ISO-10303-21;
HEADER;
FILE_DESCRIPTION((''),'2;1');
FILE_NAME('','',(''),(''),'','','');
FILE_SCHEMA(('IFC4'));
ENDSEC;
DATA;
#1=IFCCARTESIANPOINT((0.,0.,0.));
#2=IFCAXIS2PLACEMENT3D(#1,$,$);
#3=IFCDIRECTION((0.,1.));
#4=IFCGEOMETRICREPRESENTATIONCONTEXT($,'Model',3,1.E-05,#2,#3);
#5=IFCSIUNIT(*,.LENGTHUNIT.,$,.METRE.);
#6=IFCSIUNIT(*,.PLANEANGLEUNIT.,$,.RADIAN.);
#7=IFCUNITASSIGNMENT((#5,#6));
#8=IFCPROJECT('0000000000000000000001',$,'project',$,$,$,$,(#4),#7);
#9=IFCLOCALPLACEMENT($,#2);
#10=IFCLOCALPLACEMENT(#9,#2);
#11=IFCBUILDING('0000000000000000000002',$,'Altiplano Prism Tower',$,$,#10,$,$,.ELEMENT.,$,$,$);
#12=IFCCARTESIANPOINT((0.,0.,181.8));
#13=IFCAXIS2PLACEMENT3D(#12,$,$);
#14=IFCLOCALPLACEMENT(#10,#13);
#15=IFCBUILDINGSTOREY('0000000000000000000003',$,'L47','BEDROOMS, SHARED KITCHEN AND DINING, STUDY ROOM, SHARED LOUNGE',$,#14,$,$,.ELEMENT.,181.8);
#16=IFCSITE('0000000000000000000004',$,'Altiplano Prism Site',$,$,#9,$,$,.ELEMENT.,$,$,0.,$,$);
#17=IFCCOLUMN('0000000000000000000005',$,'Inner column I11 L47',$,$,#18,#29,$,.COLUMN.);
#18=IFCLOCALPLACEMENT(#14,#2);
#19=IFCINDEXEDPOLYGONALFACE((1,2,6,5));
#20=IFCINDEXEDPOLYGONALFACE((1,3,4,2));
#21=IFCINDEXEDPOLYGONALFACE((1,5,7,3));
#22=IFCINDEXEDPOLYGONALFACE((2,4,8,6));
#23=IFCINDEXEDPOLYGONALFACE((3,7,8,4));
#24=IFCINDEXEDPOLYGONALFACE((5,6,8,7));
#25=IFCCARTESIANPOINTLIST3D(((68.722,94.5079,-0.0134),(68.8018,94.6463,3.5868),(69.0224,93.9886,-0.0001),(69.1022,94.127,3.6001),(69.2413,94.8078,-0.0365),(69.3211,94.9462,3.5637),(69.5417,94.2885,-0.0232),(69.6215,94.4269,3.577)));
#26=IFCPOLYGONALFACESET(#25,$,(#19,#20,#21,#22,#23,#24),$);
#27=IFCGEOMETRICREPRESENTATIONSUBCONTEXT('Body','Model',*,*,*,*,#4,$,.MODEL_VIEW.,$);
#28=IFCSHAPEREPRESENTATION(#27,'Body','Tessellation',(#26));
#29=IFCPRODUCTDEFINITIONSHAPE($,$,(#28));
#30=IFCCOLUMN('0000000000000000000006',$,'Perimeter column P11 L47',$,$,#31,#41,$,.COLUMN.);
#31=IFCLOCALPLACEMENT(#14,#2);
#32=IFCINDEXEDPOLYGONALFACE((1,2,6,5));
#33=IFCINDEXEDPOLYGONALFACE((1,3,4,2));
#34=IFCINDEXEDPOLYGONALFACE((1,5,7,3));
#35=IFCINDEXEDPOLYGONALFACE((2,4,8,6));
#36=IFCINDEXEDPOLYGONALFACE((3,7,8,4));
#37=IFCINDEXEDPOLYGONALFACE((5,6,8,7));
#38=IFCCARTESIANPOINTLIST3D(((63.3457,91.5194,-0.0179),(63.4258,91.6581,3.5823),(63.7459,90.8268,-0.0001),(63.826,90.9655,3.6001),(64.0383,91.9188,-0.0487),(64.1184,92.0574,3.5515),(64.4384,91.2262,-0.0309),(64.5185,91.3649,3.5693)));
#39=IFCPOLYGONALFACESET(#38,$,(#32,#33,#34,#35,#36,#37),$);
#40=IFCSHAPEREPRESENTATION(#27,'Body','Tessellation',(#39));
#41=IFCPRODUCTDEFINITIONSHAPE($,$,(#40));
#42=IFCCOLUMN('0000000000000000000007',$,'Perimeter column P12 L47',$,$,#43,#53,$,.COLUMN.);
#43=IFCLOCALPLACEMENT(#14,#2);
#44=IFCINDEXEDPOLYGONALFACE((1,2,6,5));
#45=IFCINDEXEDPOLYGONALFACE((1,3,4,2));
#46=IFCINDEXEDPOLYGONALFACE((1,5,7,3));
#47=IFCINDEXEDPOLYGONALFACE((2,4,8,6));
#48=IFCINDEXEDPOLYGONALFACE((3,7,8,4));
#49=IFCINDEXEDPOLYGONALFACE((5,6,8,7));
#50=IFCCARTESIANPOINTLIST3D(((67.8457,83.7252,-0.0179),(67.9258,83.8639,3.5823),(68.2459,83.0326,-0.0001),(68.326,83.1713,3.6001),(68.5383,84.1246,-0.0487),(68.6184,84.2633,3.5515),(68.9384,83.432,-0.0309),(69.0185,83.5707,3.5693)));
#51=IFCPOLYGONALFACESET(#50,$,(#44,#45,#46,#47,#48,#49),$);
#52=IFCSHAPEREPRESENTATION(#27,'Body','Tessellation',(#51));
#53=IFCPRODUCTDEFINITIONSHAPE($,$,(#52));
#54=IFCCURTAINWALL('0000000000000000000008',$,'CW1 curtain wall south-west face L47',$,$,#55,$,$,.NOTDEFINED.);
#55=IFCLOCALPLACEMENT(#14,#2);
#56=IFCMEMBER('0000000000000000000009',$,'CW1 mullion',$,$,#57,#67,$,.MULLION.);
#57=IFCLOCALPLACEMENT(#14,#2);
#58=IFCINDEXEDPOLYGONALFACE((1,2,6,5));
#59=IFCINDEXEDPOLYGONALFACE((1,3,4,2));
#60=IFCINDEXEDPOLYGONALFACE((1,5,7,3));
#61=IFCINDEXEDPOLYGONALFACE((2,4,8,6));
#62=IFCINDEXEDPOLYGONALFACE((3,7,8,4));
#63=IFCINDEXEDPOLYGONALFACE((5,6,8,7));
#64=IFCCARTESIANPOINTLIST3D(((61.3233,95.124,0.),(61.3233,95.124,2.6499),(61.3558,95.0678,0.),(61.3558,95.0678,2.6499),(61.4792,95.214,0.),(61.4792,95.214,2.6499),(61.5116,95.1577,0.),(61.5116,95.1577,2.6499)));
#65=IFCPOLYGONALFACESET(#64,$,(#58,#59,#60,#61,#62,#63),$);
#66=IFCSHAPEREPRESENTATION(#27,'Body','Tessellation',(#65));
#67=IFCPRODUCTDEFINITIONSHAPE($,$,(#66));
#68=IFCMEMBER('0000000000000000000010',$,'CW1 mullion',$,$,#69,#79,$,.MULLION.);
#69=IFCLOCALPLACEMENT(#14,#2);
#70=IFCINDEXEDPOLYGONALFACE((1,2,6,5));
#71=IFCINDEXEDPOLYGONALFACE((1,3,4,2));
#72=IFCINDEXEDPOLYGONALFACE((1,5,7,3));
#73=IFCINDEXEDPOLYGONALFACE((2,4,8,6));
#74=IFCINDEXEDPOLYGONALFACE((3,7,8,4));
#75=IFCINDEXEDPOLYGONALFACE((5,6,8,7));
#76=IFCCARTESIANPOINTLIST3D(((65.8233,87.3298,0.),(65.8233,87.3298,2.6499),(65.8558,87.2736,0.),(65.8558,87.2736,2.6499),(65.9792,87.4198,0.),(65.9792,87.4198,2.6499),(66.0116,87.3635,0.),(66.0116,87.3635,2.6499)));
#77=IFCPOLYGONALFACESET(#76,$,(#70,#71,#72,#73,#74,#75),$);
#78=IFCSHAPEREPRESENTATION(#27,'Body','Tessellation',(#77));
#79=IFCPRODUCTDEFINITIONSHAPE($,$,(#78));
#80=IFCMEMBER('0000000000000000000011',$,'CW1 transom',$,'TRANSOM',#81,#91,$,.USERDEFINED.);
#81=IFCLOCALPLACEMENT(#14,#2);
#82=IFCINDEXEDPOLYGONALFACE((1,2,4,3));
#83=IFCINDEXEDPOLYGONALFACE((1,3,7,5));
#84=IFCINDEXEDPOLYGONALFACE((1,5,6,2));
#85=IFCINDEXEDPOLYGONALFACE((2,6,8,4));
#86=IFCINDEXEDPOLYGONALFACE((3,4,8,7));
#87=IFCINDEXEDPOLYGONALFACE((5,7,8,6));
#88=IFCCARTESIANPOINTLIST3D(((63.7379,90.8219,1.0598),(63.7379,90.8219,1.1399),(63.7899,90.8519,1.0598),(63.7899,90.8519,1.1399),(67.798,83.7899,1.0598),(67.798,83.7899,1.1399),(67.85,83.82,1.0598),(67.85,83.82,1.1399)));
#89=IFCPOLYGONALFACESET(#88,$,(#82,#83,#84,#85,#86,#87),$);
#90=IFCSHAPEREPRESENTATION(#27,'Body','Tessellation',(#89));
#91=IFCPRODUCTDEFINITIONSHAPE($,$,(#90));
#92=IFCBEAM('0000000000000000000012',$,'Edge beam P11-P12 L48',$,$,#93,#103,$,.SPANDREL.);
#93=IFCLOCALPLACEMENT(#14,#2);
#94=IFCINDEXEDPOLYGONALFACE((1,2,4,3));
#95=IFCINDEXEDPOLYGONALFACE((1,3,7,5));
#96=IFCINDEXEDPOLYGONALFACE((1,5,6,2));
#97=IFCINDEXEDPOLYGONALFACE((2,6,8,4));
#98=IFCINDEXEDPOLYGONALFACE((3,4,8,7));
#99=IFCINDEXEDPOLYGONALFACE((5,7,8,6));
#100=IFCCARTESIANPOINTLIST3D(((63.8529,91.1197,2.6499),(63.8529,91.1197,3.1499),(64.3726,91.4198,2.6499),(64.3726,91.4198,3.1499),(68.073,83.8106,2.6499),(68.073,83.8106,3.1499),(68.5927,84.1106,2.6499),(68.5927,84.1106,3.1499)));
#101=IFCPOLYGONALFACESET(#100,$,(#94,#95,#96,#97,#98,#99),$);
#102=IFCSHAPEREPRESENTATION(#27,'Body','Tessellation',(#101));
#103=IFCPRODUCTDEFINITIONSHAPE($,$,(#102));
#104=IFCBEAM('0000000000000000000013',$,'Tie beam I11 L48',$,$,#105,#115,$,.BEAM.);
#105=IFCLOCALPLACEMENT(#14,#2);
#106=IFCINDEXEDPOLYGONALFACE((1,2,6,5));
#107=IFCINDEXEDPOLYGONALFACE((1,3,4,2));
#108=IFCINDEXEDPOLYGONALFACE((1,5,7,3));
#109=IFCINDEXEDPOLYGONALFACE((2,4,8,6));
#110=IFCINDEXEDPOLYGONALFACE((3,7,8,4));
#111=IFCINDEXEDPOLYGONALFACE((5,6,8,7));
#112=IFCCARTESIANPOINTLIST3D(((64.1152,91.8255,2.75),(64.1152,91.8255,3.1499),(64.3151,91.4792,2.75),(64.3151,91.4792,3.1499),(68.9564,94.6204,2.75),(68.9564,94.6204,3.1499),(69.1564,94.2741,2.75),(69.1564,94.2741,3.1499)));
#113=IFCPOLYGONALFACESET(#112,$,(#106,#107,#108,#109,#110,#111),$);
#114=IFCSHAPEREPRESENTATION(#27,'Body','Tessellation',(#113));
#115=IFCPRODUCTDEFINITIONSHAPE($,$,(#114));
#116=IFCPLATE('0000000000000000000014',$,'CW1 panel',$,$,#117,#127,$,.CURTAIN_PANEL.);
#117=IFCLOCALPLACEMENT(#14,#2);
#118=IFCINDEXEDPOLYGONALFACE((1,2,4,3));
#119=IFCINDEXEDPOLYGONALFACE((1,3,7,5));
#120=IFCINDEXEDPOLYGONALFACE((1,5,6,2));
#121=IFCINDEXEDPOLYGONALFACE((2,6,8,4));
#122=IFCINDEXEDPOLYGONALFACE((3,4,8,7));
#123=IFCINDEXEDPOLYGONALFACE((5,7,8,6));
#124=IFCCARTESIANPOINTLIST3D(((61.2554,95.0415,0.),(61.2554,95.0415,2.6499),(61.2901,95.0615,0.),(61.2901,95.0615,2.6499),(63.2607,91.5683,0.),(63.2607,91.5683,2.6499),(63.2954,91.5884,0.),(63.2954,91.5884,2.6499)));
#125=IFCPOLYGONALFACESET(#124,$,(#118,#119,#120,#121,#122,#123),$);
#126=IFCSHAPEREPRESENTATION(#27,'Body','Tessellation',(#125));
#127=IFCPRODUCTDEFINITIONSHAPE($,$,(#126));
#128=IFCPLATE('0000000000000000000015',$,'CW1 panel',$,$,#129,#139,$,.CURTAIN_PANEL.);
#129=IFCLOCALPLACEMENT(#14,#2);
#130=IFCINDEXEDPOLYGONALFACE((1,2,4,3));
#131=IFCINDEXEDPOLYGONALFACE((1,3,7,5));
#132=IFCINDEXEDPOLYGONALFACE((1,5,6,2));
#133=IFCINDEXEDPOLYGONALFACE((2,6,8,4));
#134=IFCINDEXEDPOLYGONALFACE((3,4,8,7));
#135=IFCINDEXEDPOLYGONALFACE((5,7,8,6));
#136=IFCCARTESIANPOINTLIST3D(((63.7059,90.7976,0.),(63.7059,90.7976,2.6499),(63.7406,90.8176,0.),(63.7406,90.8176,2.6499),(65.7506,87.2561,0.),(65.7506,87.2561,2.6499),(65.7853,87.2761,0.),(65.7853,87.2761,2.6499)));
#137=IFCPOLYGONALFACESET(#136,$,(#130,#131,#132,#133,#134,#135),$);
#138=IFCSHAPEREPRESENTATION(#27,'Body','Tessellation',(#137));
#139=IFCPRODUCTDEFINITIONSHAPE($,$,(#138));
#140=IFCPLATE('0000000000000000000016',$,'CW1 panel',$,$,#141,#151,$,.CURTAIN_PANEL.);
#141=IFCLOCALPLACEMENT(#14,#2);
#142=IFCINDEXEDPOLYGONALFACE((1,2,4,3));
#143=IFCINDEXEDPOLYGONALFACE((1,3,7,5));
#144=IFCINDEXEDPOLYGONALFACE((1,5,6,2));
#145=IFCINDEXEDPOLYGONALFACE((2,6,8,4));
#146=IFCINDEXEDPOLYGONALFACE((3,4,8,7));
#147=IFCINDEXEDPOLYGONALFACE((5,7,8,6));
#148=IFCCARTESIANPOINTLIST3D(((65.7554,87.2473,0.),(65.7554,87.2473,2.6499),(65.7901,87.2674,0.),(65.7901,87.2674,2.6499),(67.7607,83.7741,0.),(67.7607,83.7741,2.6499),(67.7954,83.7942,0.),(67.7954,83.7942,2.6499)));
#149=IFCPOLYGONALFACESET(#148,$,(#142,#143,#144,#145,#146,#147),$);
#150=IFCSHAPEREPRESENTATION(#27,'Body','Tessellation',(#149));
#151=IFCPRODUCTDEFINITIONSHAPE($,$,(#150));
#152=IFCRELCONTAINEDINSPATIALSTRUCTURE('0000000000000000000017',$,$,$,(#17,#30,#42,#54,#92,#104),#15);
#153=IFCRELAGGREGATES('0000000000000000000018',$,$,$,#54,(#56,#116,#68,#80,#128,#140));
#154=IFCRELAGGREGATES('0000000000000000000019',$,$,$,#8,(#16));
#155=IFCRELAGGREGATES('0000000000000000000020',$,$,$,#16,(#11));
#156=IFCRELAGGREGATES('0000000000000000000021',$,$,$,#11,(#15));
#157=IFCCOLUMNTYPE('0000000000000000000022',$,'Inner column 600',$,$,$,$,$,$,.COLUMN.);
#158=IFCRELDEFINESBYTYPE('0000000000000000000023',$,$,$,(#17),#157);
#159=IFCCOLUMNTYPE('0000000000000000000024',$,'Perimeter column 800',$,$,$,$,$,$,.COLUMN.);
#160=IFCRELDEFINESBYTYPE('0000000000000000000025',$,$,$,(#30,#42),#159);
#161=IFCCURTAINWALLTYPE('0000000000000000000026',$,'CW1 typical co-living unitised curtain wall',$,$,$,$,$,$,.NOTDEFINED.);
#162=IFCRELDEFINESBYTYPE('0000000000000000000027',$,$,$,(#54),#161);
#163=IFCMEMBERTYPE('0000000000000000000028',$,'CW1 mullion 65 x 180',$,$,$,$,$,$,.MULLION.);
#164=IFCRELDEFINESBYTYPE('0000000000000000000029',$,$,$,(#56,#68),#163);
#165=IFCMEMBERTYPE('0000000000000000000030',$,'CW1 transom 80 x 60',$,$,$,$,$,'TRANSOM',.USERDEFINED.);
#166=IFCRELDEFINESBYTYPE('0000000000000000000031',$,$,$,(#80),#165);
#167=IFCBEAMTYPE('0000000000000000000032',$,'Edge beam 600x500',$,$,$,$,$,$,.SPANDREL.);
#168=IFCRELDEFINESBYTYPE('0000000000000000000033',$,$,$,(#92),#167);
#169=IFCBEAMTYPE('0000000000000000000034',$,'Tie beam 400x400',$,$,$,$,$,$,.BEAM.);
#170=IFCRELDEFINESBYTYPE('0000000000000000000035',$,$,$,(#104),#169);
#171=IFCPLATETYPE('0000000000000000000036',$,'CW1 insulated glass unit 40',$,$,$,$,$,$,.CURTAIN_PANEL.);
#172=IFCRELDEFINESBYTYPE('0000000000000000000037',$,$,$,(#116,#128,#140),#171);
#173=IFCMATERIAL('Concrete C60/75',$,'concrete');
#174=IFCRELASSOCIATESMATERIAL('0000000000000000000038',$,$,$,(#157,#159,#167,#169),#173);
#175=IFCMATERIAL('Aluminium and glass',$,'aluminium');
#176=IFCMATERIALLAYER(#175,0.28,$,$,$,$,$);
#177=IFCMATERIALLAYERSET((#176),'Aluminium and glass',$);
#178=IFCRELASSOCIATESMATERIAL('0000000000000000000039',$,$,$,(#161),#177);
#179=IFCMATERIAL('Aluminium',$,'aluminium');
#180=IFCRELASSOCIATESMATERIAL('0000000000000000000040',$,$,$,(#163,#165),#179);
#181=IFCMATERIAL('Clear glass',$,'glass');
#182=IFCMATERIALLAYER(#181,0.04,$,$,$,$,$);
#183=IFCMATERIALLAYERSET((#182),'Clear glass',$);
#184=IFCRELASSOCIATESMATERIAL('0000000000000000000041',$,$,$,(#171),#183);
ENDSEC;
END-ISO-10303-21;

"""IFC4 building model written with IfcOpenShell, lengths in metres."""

from ifc_helpers import new_model, si_unit, direction, frame, origin, origin_2d, place, context, subcontext, project, spatial, rectangle, extrude, material, layer, layer_set, material_profile, profile_set, type_object, element, aggregate, save


model = new_model("IFC4")

# Units and contexts
model_context = context("Model", 3, precision=1e-05, world=origin(), true_north=direction((0.0, 1.0)))
body_context = subcontext(model_context, "Body", "Model", "MODEL_VIEW")
ifc_project = project(units=[si_unit("LENGTHUNIT", "METRE"), si_unit("PLANEANGLEUNIT", "RADIAN")], contexts=[model_context])

# Site, building, storey
site_placement = place(None, origin())
site = spatial("IfcSite", under=ifc_project, at=site_placement, Name="Altiplano Prism Site", CompositionType="ELEMENT", RefElevation=0.0)
building_placement = place(site_placement, origin())
building = spatial("IfcBuilding", under=site, at=building_placement, Name="Altiplano Prism Tower", CompositionType="ELEMENT")
storey_placement = place(building_placement, frame((0.0, 0.0, 181.8)))
storey = spatial("IfcBuildingStorey", under=building, at=storey_placement, Name="L47", Description="BEDROOMS, SHARED KITCHEN AND DINING, STUDY ROOM, SHARED LOUNGE", CompositionType="ELEMENT", Elevation=181.8)

# Columns
ifc_material_1 = material(Name="Concrete C60/75", Category="concrete")
ifc_material_profile_1 = material_profile(ifc_material_1, rectangle(XDim=0.6001, YDim=0.6001, at=origin_2d()), Name="Inner column 600")
ifc_profile_set_1 = profile_set([ifc_material_profile_1], Name="Concrete C60/75")
column_type_1 = type_object("IfcColumnType", Name="Inner column 600", PredefinedType="COLUMN", material=ifc_profile_set_1)
column_placement = place(storey_placement, frame((69.1318, 94.3982, -0.0183), z_axis=(0.022154, 0.038413, 0.999016), x_axis=(-0.865361, -0.499676, 0.038403)))
element("IfcColumn", 1, at=column_placement, inside=storey, type_object=column_type_1, Name="Inner column I11 L47", PredefinedType="COLUMN", context=body_context, shape_type="SweptSolid", body=[
    extrude(rectangle(XDim=0.6001, YDim=0.6001, at=origin_2d()), origin(), (0.0, 0.0, 1.0), 3.6038),
])
ifc_material_profile_2 = material_profile(ifc_material_1, rectangle(XDim=0.8, YDim=0.8, at=origin_2d()), Name="Perimeter column 800")
ifc_profile_set_2 = profile_set([ifc_material_profile_2], Name="Concrete C60/75")
column_type_2 = type_object("IfcColumnType", Name="Perimeter column 800", PredefinedType="COLUMN", material=ifc_profile_set_2)
for number, where, z_axis, x_axis, name in (
    (2, (63.8921, 91.3728, -0.0244), (0.022221, 0.038481, 0.999012), (-0.865641, -0.499184, 0.038483), "Perimeter column P11 L47"),
    (3, (68.3921, 83.5786, -0.0244), (0.022221, 0.038481, 0.999012), (-0.865641, -0.499184, 0.038483), "Perimeter column P12 L47"),
):
    element("IfcColumn", number, at=place(storey_placement, frame(where, z_axis=z_axis, x_axis=x_axis)), inside=storey, type_object=column_type_2, Name=name, PredefinedType="COLUMN", context=body_context, shape_type="SweptSolid", body=[
        extrude(rectangle(XDim=0.8, YDim=0.8, at=origin_2d()), origin(), (0.0, 0.0, 1.0), 3.6038),
    ])

# Curtain wall, members
ifc_material_2 = material(Name="Aluminium and glass", Category="aluminium")
ifc_layer_1 = layer(ifc_material_2, 0.28)
ifc_layer_set_1 = layer_set([ifc_layer_1], Name="Aluminium and glass")
curtain_wall_type = type_object("IfcCurtainWallType", Name="CW1 typical co-living unitised curtain wall", PredefinedType="NOTDEFINED", material=ifc_layer_set_1)
curtain_wall_placement = place(storey_placement, origin())
curtain_wall = element("IfcCurtainWall", 4, at=curtain_wall_placement, inside=storey, type_object=curtain_wall_type, Name="CW1 curtain wall south-west face L47", PredefinedType="NOTDEFINED")
ifc_material_3 = material(Name="Aluminium", Category="aluminium")
ifc_material_profile_3 = material_profile(ifc_material_3, rectangle(XDim=0.1799, YDim=0.0649, at=origin_2d()), Name="CW1 mullion 65 x 180")
ifc_profile_set_3 = profile_set([ifc_material_profile_3], Name="Aluminium")
member_type_1 = type_object("IfcMemberType", Name="CW1 mullion 65 x 180", PredefinedType="MULLION", material=ifc_profile_set_3)
member_1_placement = place(storey_placement, frame((61.4175, 95.1409, 0.0), z_axis=(0.0, 0.0, 1.0), x_axis=(0.866025, 0.5, 0.0)))
member_1 = element("IfcMember", 5, at=member_1_placement, type_object=member_type_1, Name="CW1 mullion", PredefinedType="MULLION", context=body_context, shape_type="SweptSolid", body=[
    extrude(rectangle(XDim=0.1799, YDim=0.0649, at=origin_2d()), origin(), (0.0, 0.0, 1.0), 2.6499),
])
member_2_placement = place(storey_placement, frame((65.9175, 87.3467, 0.0), z_axis=(0.0, 0.0, 1.0), x_axis=(0.866025, 0.5, 0.0)))
member_2 = element("IfcMember", 6, at=member_2_placement, type_object=member_type_1, Name="CW1 mullion", PredefinedType="MULLION", context=body_context, shape_type="SweptSolid", body=[
    extrude(rectangle(XDim=0.1799, YDim=0.0649, at=origin_2d()), origin(), (0.0, 0.0, 1.0), 2.6499),
])
ifc_material_profile_4 = material_profile(ifc_material_3, rectangle(XDim=0.0601, YDim=0.0801, at=origin_2d()), Name="CW1 transom 80 x 60")
ifc_profile_set_4 = profile_set([ifc_material_profile_4], Name="Aluminium")
member_type_2 = type_object("IfcMemberType", Name="CW1 transom 80 x 60", ElementType="TRANSOM", PredefinedType="USERDEFINED", material=ifc_profile_set_4)
member_3_placement = place(storey_placement, frame((63.7639, 90.8369, 1.0999), z_axis=(0.500013, -0.866018, 0.0), x_axis=(0.866018, 0.500013, 0.0)))
member_3 = element("IfcMember", 7, at=member_3_placement, type_object=member_type_2, Name="CW1 transom", ObjectType="TRANSOM", PredefinedType="USERDEFINED", context=body_context, shape_type="SweptSolid", body=[
    extrude(rectangle(XDim=0.0601, YDim=0.0801, at=origin_2d()), origin(), (0.0, 0.0, 1.0), 8.1199),
])

# Beams
ifc_material_profile_5 = material_profile(ifc_material_1, rectangle(XDim=0.6001, YDim=0.5, at=origin_2d()), Name="Edge beam 600x500")
ifc_profile_set_5 = profile_set([ifc_material_profile_5], Name="Concrete C60/75")
beam_type_1 = type_object("IfcBeamType", Name="Edge beam 600x500", PredefinedType="SPANDREL", material=ifc_profile_set_5)
beam_1_placement = place(storey_placement, frame((64.1128, 91.2698, 2.8999), z_axis=(0.500006, -0.866022, 0.0), x_axis=(0.866022, 0.500006, 0.0)))
element("IfcBeam", 8, at=beam_1_placement, inside=storey, type_object=beam_type_1, Name="Edge beam P11-P12 L48", PredefinedType="SPANDREL", context=body_context, shape_type="SweptSolid", body=[
    extrude(rectangle(XDim=0.6001, YDim=0.5, at=origin_2d()), origin(), (0.0, 0.0, 1.0), 8.4399),
])
ifc_material_profile_6 = material_profile(ifc_material_1, rectangle(XDim=0.3999, YDim=0.3999, at=origin_2d()), Name="Tie beam 400x400")
ifc_profile_set_6 = profile_set([ifc_material_profile_6], Name="Concrete C60/75")
beam_type_2 = type_object("IfcBeamType", Name="Tie beam 400x400", PredefinedType="BEAM", material=ifc_profile_set_6)
beam_2_placement = place(storey_placement, frame((69.0564, 94.4473, 2.95), z_axis=(-0.866042, -0.499972, 0.0), x_axis=(0.499972, -0.866042, 0.0)))
element("IfcBeam", 9, at=beam_2_placement, inside=storey, type_object=beam_type_2, Name="Tie beam I11 L48", PredefinedType="BEAM", context=body_context, shape_type="SweptSolid", body=[
    extrude(rectangle(XDim=0.3999, YDim=0.3999, at=origin_2d()), origin(), (0.0, 0.0, 1.0), 5.5901),
])

# Plates
ifc_material_4 = material(Name="Clear glass", Category="glass")
ifc_layer_2 = layer(ifc_material_4, 0.04)
ifc_layer_set_2 = layer_set([ifc_layer_2], Name="Clear glass")
plate_type = type_object("IfcPlateType", Name="CW1 insulated glass unit 40", PredefinedType="CURTAIN_PANEL", material=ifc_layer_set_2)
plate_1_placement = place(storey_placement, frame((62.2754, 93.3149, 0.0), z_axis=(0.0, 0.0, 1.0), x_axis=(0.5, -0.866025, 0.0)))
plate_1 = element("IfcPlate", 10, at=plate_1_placement, type_object=plate_type, Name="CW1 panel", PredefinedType="CURTAIN_PANEL", context=body_context, shape_type="SweptSolid", body=[
    extrude(rectangle(XDim=4.0105, YDim=0.04, at=origin_2d()), origin(), (0.0, 0.0, 1.0), 2.6499),
])
plate_2_placement = place(storey_placement, frame((64.7456, 89.0369, 0.0), z_axis=(0.0, 0.0, 1.0), x_axis=(0.5, -0.866025, 0.0)))
plate_2 = element("IfcPlate", 11, at=plate_2_placement, type_object=plate_type, Name="CW1 panel", PredefinedType="CURTAIN_PANEL", context=body_context, shape_type="SweptSolid", body=[
    extrude(rectangle(XDim=4.0894, YDim=0.04, at=origin_2d()), origin(), (0.0, 0.0, 1.0), 2.6499),
])
plate_3_placement = place(storey_placement, frame((66.7754, 85.5208, 0.0), z_axis=(0.0, 0.0, 1.0), x_axis=(0.5, -0.866025, 0.0)))
plate_3 = element("IfcPlate", 12, at=plate_3_placement, type_object=plate_type, Name="CW1 panel", PredefinedType="CURTAIN_PANEL", context=body_context, shape_type="SweptSolid", body=[
    extrude(rectangle(XDim=4.0105, YDim=0.04, at=origin_2d()), origin(), (0.0, 0.0, 1.0), 2.6499),
])
aggregate(curtain_wall, [member_1, plate_1, member_2, member_3, plate_2, plate_3])

save(model, "model.ifc")
